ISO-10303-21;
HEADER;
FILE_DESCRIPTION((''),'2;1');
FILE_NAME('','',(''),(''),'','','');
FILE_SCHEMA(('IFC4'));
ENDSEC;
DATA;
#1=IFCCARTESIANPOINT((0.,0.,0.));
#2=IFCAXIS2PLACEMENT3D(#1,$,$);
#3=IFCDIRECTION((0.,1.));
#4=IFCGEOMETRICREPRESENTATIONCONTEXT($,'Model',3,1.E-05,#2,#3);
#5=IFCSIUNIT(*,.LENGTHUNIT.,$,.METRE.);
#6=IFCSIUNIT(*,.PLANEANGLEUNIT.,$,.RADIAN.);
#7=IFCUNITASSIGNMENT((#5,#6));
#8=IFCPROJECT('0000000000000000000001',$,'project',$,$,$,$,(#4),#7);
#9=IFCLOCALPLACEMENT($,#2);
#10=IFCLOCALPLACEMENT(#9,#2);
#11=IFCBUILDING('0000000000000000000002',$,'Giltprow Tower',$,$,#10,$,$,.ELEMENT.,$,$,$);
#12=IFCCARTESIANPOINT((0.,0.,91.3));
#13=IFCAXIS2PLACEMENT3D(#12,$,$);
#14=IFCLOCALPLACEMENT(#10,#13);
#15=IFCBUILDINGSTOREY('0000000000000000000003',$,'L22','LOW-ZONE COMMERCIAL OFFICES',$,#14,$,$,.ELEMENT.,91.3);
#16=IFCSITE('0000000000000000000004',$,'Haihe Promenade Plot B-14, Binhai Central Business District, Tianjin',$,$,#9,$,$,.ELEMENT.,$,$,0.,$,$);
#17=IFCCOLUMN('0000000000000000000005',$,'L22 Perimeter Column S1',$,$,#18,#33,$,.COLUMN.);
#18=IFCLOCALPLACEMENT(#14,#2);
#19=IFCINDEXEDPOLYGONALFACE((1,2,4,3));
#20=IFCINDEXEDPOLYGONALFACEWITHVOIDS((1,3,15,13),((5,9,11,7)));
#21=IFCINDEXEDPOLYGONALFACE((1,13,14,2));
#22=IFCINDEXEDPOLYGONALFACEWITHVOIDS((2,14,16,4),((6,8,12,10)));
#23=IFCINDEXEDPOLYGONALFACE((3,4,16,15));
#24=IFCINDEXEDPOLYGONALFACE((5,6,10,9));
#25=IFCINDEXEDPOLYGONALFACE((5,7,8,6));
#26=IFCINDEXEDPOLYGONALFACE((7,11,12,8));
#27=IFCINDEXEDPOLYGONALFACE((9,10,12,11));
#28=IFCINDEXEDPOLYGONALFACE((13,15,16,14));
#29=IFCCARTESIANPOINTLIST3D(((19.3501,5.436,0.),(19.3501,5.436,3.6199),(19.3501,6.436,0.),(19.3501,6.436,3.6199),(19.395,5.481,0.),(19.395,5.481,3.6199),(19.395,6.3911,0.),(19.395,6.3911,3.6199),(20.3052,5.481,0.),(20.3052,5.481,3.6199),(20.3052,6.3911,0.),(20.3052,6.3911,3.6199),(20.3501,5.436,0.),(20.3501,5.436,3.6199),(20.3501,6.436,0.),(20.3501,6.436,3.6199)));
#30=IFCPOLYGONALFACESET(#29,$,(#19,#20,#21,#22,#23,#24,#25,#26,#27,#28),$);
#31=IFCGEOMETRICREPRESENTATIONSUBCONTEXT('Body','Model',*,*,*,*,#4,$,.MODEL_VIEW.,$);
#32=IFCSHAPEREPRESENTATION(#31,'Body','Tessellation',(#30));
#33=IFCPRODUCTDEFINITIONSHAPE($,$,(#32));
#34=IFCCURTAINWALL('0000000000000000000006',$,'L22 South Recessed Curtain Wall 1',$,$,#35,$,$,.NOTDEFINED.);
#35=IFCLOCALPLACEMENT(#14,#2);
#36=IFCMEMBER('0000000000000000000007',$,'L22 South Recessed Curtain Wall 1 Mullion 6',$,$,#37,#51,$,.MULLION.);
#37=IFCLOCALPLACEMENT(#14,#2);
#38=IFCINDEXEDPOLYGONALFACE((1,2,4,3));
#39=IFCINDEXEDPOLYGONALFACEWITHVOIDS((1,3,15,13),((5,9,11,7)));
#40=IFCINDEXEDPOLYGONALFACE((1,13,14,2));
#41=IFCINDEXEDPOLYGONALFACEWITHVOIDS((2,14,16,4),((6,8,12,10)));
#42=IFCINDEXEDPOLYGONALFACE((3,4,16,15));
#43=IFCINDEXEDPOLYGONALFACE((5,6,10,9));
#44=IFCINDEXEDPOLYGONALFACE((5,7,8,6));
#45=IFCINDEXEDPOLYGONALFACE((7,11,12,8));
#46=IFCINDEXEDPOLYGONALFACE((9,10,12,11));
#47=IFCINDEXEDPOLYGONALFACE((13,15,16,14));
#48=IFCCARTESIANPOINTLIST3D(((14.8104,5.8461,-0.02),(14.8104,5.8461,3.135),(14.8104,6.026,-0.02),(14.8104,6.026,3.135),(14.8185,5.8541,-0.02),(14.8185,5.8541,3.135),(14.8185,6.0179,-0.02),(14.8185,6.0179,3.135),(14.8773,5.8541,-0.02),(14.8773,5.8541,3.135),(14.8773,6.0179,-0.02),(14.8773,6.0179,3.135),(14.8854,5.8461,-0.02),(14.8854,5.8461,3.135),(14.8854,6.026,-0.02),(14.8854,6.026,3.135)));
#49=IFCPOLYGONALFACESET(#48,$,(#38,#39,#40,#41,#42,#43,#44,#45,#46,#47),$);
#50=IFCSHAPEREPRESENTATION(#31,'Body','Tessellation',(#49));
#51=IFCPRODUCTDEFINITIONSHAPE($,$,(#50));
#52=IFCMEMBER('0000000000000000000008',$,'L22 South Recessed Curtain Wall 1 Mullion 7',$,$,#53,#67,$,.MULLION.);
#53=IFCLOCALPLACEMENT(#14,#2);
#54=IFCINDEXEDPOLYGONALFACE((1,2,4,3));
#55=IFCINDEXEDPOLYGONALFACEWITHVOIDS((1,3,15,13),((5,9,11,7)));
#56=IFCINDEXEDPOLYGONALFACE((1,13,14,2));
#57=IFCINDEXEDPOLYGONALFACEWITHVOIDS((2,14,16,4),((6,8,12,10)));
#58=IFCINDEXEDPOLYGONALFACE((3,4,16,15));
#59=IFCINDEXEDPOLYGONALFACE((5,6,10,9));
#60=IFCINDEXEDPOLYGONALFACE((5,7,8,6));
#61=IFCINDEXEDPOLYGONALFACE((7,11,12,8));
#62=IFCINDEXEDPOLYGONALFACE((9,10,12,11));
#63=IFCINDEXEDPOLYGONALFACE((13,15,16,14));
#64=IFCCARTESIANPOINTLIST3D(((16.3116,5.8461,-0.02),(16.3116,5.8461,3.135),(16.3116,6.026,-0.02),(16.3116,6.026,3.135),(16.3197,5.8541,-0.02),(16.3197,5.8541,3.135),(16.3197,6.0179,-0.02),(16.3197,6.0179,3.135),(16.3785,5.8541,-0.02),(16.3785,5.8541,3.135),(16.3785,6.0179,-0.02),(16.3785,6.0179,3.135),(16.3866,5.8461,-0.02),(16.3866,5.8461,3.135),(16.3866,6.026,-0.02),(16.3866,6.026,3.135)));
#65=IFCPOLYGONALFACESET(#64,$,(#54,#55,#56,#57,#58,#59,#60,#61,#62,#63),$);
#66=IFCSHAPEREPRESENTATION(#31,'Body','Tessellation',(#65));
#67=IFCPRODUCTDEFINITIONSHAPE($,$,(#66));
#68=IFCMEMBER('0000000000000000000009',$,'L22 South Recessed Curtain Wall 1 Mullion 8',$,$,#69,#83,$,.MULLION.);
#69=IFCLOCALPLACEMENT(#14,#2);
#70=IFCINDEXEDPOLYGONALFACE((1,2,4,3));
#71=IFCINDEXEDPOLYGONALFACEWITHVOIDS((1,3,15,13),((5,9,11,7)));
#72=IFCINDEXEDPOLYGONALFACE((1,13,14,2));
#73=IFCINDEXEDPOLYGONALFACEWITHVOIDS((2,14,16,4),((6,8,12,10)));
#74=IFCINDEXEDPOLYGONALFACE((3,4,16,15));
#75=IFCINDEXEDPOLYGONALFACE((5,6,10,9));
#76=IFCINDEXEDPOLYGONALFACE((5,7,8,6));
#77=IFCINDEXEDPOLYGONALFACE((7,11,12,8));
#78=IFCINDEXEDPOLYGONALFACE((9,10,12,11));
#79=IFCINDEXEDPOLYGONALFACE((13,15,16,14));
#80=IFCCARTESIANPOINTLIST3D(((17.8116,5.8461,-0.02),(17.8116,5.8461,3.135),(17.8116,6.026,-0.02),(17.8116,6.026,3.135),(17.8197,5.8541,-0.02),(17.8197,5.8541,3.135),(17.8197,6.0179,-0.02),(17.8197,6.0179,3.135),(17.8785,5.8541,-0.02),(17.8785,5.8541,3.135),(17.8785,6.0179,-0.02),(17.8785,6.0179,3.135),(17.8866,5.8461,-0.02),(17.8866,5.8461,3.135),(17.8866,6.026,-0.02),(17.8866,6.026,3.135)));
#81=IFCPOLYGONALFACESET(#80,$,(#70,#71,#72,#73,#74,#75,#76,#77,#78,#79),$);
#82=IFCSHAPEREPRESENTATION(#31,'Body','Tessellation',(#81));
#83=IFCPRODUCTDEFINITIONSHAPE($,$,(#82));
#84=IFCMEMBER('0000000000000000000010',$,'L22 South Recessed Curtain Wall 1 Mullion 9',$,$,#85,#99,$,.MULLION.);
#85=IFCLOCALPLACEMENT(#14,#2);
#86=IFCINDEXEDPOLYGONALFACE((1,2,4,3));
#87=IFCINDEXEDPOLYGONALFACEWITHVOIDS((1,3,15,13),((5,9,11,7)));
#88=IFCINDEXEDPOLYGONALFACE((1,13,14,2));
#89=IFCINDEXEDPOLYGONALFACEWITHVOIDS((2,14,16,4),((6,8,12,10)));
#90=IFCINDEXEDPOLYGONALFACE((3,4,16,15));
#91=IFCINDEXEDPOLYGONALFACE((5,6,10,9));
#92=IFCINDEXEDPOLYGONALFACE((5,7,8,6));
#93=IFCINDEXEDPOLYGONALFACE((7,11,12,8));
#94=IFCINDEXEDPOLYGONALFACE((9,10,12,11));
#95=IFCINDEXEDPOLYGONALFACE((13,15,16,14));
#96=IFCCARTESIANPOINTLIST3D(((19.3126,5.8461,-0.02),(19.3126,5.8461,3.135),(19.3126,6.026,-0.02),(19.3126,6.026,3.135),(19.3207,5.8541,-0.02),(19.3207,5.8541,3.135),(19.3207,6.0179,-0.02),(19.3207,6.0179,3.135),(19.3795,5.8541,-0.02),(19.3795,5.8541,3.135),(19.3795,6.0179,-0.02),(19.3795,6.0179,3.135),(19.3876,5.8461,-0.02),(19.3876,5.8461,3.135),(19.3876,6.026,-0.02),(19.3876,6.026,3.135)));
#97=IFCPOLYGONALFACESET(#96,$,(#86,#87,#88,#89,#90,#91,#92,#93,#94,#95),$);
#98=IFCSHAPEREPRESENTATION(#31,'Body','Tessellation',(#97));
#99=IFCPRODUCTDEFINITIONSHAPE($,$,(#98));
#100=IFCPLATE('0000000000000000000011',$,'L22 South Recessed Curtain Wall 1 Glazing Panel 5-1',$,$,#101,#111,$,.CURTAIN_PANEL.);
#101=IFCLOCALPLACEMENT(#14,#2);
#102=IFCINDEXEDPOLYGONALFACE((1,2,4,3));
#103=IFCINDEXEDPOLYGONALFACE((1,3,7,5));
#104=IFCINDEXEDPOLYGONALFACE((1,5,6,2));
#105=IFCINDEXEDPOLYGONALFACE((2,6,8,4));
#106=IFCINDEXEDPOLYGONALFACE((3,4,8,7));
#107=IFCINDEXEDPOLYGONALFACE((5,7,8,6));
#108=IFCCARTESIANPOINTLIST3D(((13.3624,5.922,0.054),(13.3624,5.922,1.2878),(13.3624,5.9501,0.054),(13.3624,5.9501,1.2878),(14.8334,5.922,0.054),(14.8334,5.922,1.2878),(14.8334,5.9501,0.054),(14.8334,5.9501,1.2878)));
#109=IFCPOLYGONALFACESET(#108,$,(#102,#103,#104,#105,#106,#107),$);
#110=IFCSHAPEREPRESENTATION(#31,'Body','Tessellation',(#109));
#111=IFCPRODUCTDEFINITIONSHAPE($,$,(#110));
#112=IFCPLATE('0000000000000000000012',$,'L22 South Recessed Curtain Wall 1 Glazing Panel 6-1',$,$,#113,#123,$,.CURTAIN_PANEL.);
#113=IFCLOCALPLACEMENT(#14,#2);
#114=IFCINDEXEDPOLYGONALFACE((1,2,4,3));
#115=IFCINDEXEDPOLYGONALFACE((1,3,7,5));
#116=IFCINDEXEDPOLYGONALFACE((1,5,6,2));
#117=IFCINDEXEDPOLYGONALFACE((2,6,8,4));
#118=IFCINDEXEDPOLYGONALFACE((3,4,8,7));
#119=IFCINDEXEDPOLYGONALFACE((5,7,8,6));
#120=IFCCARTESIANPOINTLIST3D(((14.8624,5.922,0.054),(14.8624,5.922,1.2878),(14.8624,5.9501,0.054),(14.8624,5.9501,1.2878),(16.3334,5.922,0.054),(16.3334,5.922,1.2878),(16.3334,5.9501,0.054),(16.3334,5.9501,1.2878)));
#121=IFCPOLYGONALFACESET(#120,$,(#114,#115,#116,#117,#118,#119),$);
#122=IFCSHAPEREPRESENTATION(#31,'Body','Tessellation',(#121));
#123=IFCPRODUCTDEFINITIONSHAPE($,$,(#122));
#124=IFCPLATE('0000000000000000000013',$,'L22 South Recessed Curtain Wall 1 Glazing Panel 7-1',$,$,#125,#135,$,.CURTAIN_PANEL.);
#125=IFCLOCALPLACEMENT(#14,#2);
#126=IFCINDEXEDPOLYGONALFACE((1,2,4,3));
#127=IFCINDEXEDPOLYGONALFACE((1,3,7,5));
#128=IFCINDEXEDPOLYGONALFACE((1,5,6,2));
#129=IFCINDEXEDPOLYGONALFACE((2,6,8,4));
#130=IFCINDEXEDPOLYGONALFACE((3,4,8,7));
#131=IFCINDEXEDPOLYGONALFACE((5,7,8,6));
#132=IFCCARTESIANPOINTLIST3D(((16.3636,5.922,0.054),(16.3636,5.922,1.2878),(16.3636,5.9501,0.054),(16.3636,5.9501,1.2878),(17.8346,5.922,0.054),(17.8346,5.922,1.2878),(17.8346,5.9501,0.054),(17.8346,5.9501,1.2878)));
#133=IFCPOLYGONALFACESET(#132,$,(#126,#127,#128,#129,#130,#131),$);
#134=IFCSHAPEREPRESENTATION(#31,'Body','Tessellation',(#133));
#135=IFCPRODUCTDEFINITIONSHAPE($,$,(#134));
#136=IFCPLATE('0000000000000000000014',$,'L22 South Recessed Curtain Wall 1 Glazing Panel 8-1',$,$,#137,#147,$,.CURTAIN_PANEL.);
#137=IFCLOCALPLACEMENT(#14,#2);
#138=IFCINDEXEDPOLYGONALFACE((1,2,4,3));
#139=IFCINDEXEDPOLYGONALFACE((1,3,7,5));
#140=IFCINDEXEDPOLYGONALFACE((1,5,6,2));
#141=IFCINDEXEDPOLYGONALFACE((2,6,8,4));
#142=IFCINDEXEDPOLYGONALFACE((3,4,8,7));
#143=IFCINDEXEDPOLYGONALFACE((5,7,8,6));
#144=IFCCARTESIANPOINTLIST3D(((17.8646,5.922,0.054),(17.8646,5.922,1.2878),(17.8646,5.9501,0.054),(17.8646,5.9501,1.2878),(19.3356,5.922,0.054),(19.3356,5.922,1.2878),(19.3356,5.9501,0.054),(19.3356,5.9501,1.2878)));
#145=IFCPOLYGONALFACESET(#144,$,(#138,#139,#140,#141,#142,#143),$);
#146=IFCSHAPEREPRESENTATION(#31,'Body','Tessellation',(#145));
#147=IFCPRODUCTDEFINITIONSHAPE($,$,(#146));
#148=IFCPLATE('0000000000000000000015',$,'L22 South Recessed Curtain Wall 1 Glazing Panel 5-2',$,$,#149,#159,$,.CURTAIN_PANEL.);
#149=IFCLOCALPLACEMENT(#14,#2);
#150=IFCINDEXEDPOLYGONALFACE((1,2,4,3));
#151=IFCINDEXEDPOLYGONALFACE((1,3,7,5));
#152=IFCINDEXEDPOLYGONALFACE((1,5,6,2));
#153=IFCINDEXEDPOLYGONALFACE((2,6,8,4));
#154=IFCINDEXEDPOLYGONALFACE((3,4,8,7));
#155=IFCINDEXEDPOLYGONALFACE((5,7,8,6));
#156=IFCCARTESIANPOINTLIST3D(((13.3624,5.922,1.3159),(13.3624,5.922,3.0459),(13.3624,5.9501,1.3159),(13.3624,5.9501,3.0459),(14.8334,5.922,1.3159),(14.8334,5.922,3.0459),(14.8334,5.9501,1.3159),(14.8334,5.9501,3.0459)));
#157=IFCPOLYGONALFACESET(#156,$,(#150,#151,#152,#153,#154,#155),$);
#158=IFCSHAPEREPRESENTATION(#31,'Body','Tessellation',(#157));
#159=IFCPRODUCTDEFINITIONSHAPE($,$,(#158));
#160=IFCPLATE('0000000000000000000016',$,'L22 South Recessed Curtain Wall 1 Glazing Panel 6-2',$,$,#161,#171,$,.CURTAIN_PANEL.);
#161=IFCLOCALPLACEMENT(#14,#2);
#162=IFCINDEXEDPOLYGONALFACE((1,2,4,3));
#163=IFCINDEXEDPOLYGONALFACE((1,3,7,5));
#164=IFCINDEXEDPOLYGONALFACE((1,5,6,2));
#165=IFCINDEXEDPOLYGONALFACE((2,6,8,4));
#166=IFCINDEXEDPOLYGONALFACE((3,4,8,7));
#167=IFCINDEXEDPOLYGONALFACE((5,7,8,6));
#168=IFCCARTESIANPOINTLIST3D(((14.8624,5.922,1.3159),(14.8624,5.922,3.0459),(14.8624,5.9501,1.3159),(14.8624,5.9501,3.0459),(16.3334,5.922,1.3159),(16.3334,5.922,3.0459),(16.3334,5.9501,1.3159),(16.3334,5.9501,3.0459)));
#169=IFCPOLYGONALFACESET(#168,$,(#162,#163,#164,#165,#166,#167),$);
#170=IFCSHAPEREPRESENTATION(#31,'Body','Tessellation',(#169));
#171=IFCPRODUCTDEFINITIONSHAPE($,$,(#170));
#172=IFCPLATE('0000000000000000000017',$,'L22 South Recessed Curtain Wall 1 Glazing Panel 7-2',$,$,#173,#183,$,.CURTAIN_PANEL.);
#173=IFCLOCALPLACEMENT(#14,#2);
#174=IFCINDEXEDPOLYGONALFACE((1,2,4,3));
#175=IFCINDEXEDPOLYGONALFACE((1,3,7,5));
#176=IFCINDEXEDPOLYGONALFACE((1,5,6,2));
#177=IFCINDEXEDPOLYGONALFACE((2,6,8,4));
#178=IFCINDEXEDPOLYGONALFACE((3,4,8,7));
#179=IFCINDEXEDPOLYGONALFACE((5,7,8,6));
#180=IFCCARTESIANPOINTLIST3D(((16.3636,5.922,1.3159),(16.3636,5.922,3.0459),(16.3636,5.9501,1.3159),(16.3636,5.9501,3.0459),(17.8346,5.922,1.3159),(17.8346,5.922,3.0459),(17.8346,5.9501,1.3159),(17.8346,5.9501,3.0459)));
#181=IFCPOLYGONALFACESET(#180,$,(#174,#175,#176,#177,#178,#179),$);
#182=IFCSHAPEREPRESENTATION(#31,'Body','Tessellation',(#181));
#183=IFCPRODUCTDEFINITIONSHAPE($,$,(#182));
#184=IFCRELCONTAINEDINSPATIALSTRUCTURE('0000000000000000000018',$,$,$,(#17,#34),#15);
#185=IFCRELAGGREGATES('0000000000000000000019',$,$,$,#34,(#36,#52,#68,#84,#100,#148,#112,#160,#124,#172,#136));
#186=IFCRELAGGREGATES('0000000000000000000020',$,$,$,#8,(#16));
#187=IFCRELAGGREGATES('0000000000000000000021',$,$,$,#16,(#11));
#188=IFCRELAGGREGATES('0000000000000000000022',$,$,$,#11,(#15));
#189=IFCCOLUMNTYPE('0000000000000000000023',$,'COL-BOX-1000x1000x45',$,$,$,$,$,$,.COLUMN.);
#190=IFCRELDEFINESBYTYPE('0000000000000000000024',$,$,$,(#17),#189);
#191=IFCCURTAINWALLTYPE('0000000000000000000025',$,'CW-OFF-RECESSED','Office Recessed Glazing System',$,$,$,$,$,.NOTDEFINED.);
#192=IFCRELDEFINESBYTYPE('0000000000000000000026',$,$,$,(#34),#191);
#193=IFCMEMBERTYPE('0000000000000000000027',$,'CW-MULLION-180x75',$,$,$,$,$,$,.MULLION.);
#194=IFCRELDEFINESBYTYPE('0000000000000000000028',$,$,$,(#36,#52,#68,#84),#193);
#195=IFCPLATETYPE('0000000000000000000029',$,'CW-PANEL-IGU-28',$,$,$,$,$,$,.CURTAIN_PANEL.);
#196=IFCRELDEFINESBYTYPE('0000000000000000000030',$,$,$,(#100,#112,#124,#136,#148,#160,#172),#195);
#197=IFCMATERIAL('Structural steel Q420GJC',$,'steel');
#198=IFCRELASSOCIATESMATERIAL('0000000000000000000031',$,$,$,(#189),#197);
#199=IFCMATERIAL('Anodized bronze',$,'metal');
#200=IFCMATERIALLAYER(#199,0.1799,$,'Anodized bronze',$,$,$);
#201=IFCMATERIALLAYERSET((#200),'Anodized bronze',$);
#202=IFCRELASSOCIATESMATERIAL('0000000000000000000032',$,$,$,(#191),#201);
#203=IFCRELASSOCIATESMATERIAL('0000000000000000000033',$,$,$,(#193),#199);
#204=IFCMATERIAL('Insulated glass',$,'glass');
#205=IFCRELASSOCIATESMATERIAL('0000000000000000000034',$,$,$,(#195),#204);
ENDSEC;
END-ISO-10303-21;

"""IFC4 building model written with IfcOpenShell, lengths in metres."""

from ifc_helpers import new_model, si_unit, direction, frame, origin, origin_2d, place, context, subcontext, project, spatial, rectangle, hollow_rectangle, extrude, source, transform, mapped, material, layer, layer_set, material_profile, profile_set, type_object, element, aggregate, save


model = new_model("IFC4")

# Units and contexts
model_context = context("Model", 3, precision=1e-05, world=origin(), true_north=direction((0.0, 1.0)))
body_context = subcontext(model_context, "Body", "Model", "MODEL_VIEW")
ifc_project = project(units=[si_unit("LENGTHUNIT", "METRE"), si_unit("PLANEANGLEUNIT", "RADIAN")], contexts=[model_context])

# Site, building, storey
site_placement = place(None, origin())
site = spatial("IfcSite", under=ifc_project, at=site_placement, Name="Haihe Promenade Plot B-14, Binhai Central Business District, Tianjin", CompositionType="ELEMENT", RefElevation=0.0)
building_placement = place(site_placement, origin())
building = spatial("IfcBuilding", under=site, at=building_placement, Name="Giltprow Tower", CompositionType="ELEMENT")
storey_placement = place(building_placement, frame((0.0, 0.0, 91.3)))
storey = spatial("IfcBuildingStorey", under=building, at=storey_placement, Name="L22", Description="LOW-ZONE COMMERCIAL OFFICES", CompositionType="ELEMENT", Elevation=91.3)

# Column
ifc_material_1 = material(Name="Structural steel Q420GJC", Category="steel")
ifc_material_profile_1 = material_profile(ifc_material_1, hollow_rectangle(XDim=1.0, YDim=1.0, WallThickness=0.0449, at=origin_2d()), Name="BOX 1000x1000x45")
ifc_profile_set_1 = profile_set([ifc_material_profile_1], Name="Structural steel Q420GJC")
column_type = type_object("IfcColumnType", Name="COL-BOX-1000x1000x45", PredefinedType="COLUMN", material=ifc_profile_set_1)
shared_shape_1 = source(origin(), body_context, "Body", "SweptSolid", [
    extrude(hollow_rectangle(XDim=1.0, YDim=1.0, WallThickness=0.0449, at=origin_2d()), origin(), (0.0, 0.0, 1.0), 3.6199),
])
column_placement = place(storey_placement, frame((19.8501, 5.936, 0.0), z_axis=(0.0, 0.0, 1.0), x_axis=(1.0, 0.0, 0.0)))
element("IfcColumn", 1, at=column_placement, inside=storey, type_object=column_type, Name="L22 Perimeter Column S1", PredefinedType="COLUMN", context=body_context, shape_type="MappedRepresentation", body=[
    mapped(shared_shape_1, transform((0.0, 0.0, 0.0), x_axis=(1.0, 0.0, 0.0), y_axis=(0.0, 1.0, 0.0), z_axis=(0.0, 0.0, 1.0), scale=1.0)),
])

# Curtain wall, members, plates
ifc_material_2 = material(Name="Anodized bronze", Category="metal")
ifc_layer = layer(ifc_material_2, 0.1799, Name="Anodized bronze")
ifc_layer_set = layer_set([ifc_layer], Name="Anodized bronze")
curtain_wall_type = type_object("IfcCurtainWallType", Name="CW-OFF-RECESSED", Description="Office Recessed Glazing System", PredefinedType="NOTDEFINED", material=ifc_layer_set)
curtain_wall_placement = place(storey_placement, origin())
curtain_wall = element("IfcCurtainWall", 2, at=curtain_wall_placement, inside=storey, type_object=curtain_wall_type, Name="L22 South Recessed Curtain Wall 1", PredefinedType="NOTDEFINED")
ifc_material_profile_2 = material_profile(ifc_material_2, hollow_rectangle(XDim=0.075, YDim=0.1799, WallThickness=0.0081, at=origin_2d()), Name="RHS 180x75x8")
ifc_profile_set_2 = profile_set([ifc_material_profile_2], Name="Anodized bronze")
member_type = type_object("IfcMemberType", Name="CW-MULLION-180x75", PredefinedType="MULLION", material=ifc_profile_set_2)
shared_shape_2 = source(origin(), body_context, "Body", "SweptSolid", [
    extrude(hollow_rectangle(XDim=0.075, YDim=0.1799, WallThickness=0.0081, at=origin_2d()), origin(), (0.0, 0.0, 1.0), 3.155),
])
member_1_placement = place(storey_placement, frame((14.8479, 5.936, -0.02), z_axis=(0.0, 0.0, 1.0), x_axis=(1.0, 0.0, 0.0)))
member_1 = element("IfcMember", 3, at=member_1_placement, type_object=member_type, Name="L22 South Recessed Curtain Wall 1 Mullion 6", PredefinedType="MULLION", context=body_context, shape_type="MappedRepresentation", body=[
    mapped(shared_shape_2, transform((0.0, 0.0, 0.0), x_axis=(1.0, 0.0, 0.0), y_axis=(0.0, 1.0, 0.0), z_axis=(0.0, 0.0, 1.0), scale=1.0)),
])
member_2_placement = place(storey_placement, frame((16.3491, 5.936, -0.02), z_axis=(0.0, 0.0, 1.0), x_axis=(1.0, 0.0, 0.0)))
member_2 = element("IfcMember", 4, at=member_2_placement, type_object=member_type, Name="L22 South Recessed Curtain Wall 1 Mullion 7", PredefinedType="MULLION", context=body_context, shape_type="MappedRepresentation", body=[
    mapped(shared_shape_2, transform((0.0, 0.0, 0.0), x_axis=(1.0, 0.0, 0.0), y_axis=(0.0, 1.0, 0.0), z_axis=(0.0, 0.0, 1.0), scale=1.0)),
])
member_3_placement = place(storey_placement, frame((17.8491, 5.936, -0.02), z_axis=(0.0, 0.0, 1.0), x_axis=(1.0, 0.0, 0.0)))
member_3 = element("IfcMember", 5, at=member_3_placement, type_object=member_type, Name="L22 South Recessed Curtain Wall 1 Mullion 8", PredefinedType="MULLION", context=body_context, shape_type="MappedRepresentation", body=[
    mapped(shared_shape_2, transform((0.0, 0.0, 0.0), x_axis=(1.0, 0.0, 0.0), y_axis=(0.0, 1.0, 0.0), z_axis=(0.0, 0.0, 1.0), scale=1.0)),
])
member_4_placement = place(storey_placement, frame((19.3501, 5.936, -0.02), z_axis=(0.0, 0.0, 1.0), x_axis=(1.0, 0.0, 0.0)))
member_4 = element("IfcMember", 6, at=member_4_placement, type_object=member_type, Name="L22 South Recessed Curtain Wall 1 Mullion 9", PredefinedType="MULLION", context=body_context, shape_type="MappedRepresentation", body=[
    mapped(shared_shape_2, transform((0.0, 0.0, 0.0), x_axis=(1.0, 0.0, 0.0), y_axis=(0.0, 1.0, 0.0), z_axis=(0.0, 0.0, 1.0), scale=1.0)),
])
ifc_material_3 = material(Name="Insulated glass", Category="glass")
plate_type = type_object("IfcPlateType", Name="CW-PANEL-IGU-28", PredefinedType="CURTAIN_PANEL", material=ifc_material_3)
shared_shape_3 = source(origin(), body_context, "Body", "SweptSolid", [
    extrude(rectangle(XDim=1.4709, YDim=0.0281, at=origin_2d()), origin(), (0.0, 0.0, 1.0), 1.2339),
])
plate_1_placement = place(storey_placement, frame((14.0979, 5.936, 0.054), z_axis=(0.0, 0.0, 1.0), x_axis=(1.0, 0.0, 0.0)))
plate_1 = element("IfcPlate", 7, at=plate_1_placement, type_object=plate_type, Name="L22 South Recessed Curtain Wall 1 Glazing Panel 5-1", PredefinedType="CURTAIN_PANEL", context=body_context, shape_type="MappedRepresentation", body=[
    mapped(shared_shape_3, transform((0.0, 0.0, 0.0), x_axis=(1.0, 0.0, 0.0), y_axis=(0.0, 1.0, 0.0), z_axis=(0.0, 0.0, 1.0), scale=1.0)),
])
plate_2_placement = place(storey_placement, frame((15.5979, 5.936, 0.054), z_axis=(0.0, 0.0, 1.0), x_axis=(1.0, 0.0, 0.0)))
plate_2 = element("IfcPlate", 8, at=plate_2_placement, type_object=plate_type, Name="L22 South Recessed Curtain Wall 1 Glazing Panel 6-1", PredefinedType="CURTAIN_PANEL", context=body_context, shape_type="MappedRepresentation", body=[
    mapped(shared_shape_3, transform((0.0, 0.0, 0.0), x_axis=(1.0, 0.0, 0.0), y_axis=(0.0, 1.0, 0.0), z_axis=(0.0, 0.0, 1.0), scale=1.0)),
])
plate_3_placement = place(storey_placement, frame((17.0991, 5.936, 0.054), z_axis=(0.0, 0.0, 1.0), x_axis=(1.0, 0.0, 0.0)))
plate_3 = element("IfcPlate", 9, at=plate_3_placement, type_object=plate_type, Name="L22 South Recessed Curtain Wall 1 Glazing Panel 7-1", PredefinedType="CURTAIN_PANEL", context=body_context, shape_type="MappedRepresentation", body=[
    mapped(shared_shape_3, transform((0.0, 0.0, 0.0), x_axis=(1.0, 0.0, 0.0), y_axis=(0.0, 1.0, 0.0), z_axis=(0.0, 0.0, 1.0), scale=1.0)),
])
plate_4_placement = place(storey_placement, frame((18.6001, 5.936, 0.054), z_axis=(0.0, 0.0, 1.0), x_axis=(1.0, 0.0, 0.0)))
plate_4 = element("IfcPlate", 10, at=plate_4_placement, type_object=plate_type, Name="L22 South Recessed Curtain Wall 1 Glazing Panel 8-1", PredefinedType="CURTAIN_PANEL", context=body_context, shape_type="MappedRepresentation", body=[
    mapped(shared_shape_3, transform((0.0, 0.0, 0.0), x_axis=(1.0, 0.0, 0.0), y_axis=(0.0, 1.0, 0.0), z_axis=(0.0, 0.0, 1.0), scale=1.0)),
])
shared_shape_4 = source(origin(), body_context, "Body", "SweptSolid", [
    extrude(rectangle(XDim=1.4709, YDim=0.0281, at=origin_2d()), origin(), (0.0, 0.0, 1.0), 1.73),
])
plate_5_placement = place(storey_placement, frame((14.0979, 5.936, 1.3159), z_axis=(0.0, 0.0, 1.0), x_axis=(1.0, 0.0, 0.0)))
plate_5 = element("IfcPlate", 11, at=plate_5_placement, type_object=plate_type, Name="L22 South Recessed Curtain Wall 1 Glazing Panel 5-2", PredefinedType="CURTAIN_PANEL", context=body_context, shape_type="MappedRepresentation", body=[
    mapped(shared_shape_4, transform((0.0, 0.0, 0.0), x_axis=(1.0, 0.0, 0.0), y_axis=(0.0, 1.0, 0.0), z_axis=(0.0, 0.0, 1.0), scale=1.0)),
])
plate_6_placement = place(storey_placement, frame((15.5979, 5.936, 1.3159), z_axis=(0.0, 0.0, 1.0), x_axis=(1.0, 0.0, 0.0)))
plate_6 = element("IfcPlate", 12, at=plate_6_placement, type_object=plate_type, Name="L22 South Recessed Curtain Wall 1 Glazing Panel 6-2", PredefinedType="CURTAIN_PANEL", context=body_context, shape_type="MappedRepresentation", body=[
    mapped(shared_shape_4, transform((0.0, 0.0, 0.0), x_axis=(1.0, 0.0, 0.0), y_axis=(0.0, 1.0, 0.0), z_axis=(0.0, 0.0, 1.0), scale=1.0)),
])
plate_7_placement = place(storey_placement, frame((17.0991, 5.936, 1.3159), z_axis=(0.0, 0.0, 1.0), x_axis=(1.0, 0.0, 0.0)))
plate_7 = element("IfcPlate", 13, at=plate_7_placement, type_object=plate_type, Name="L22 South Recessed Curtain Wall 1 Glazing Panel 7-2", PredefinedType="CURTAIN_PANEL", context=body_context, shape_type="MappedRepresentation", body=[
    mapped(shared_shape_4, transform((0.0, 0.0, 0.0), x_axis=(1.0, 0.0, 0.0), y_axis=(0.0, 1.0, 0.0), z_axis=(0.0, 0.0, 1.0), scale=1.0)),
])
aggregate(curtain_wall, [member_1, member_2, member_3, member_4, plate_1, plate_5, plate_2, plate_6, plate_3, plate_7, plate_4])

save(model, "model.ifc")
